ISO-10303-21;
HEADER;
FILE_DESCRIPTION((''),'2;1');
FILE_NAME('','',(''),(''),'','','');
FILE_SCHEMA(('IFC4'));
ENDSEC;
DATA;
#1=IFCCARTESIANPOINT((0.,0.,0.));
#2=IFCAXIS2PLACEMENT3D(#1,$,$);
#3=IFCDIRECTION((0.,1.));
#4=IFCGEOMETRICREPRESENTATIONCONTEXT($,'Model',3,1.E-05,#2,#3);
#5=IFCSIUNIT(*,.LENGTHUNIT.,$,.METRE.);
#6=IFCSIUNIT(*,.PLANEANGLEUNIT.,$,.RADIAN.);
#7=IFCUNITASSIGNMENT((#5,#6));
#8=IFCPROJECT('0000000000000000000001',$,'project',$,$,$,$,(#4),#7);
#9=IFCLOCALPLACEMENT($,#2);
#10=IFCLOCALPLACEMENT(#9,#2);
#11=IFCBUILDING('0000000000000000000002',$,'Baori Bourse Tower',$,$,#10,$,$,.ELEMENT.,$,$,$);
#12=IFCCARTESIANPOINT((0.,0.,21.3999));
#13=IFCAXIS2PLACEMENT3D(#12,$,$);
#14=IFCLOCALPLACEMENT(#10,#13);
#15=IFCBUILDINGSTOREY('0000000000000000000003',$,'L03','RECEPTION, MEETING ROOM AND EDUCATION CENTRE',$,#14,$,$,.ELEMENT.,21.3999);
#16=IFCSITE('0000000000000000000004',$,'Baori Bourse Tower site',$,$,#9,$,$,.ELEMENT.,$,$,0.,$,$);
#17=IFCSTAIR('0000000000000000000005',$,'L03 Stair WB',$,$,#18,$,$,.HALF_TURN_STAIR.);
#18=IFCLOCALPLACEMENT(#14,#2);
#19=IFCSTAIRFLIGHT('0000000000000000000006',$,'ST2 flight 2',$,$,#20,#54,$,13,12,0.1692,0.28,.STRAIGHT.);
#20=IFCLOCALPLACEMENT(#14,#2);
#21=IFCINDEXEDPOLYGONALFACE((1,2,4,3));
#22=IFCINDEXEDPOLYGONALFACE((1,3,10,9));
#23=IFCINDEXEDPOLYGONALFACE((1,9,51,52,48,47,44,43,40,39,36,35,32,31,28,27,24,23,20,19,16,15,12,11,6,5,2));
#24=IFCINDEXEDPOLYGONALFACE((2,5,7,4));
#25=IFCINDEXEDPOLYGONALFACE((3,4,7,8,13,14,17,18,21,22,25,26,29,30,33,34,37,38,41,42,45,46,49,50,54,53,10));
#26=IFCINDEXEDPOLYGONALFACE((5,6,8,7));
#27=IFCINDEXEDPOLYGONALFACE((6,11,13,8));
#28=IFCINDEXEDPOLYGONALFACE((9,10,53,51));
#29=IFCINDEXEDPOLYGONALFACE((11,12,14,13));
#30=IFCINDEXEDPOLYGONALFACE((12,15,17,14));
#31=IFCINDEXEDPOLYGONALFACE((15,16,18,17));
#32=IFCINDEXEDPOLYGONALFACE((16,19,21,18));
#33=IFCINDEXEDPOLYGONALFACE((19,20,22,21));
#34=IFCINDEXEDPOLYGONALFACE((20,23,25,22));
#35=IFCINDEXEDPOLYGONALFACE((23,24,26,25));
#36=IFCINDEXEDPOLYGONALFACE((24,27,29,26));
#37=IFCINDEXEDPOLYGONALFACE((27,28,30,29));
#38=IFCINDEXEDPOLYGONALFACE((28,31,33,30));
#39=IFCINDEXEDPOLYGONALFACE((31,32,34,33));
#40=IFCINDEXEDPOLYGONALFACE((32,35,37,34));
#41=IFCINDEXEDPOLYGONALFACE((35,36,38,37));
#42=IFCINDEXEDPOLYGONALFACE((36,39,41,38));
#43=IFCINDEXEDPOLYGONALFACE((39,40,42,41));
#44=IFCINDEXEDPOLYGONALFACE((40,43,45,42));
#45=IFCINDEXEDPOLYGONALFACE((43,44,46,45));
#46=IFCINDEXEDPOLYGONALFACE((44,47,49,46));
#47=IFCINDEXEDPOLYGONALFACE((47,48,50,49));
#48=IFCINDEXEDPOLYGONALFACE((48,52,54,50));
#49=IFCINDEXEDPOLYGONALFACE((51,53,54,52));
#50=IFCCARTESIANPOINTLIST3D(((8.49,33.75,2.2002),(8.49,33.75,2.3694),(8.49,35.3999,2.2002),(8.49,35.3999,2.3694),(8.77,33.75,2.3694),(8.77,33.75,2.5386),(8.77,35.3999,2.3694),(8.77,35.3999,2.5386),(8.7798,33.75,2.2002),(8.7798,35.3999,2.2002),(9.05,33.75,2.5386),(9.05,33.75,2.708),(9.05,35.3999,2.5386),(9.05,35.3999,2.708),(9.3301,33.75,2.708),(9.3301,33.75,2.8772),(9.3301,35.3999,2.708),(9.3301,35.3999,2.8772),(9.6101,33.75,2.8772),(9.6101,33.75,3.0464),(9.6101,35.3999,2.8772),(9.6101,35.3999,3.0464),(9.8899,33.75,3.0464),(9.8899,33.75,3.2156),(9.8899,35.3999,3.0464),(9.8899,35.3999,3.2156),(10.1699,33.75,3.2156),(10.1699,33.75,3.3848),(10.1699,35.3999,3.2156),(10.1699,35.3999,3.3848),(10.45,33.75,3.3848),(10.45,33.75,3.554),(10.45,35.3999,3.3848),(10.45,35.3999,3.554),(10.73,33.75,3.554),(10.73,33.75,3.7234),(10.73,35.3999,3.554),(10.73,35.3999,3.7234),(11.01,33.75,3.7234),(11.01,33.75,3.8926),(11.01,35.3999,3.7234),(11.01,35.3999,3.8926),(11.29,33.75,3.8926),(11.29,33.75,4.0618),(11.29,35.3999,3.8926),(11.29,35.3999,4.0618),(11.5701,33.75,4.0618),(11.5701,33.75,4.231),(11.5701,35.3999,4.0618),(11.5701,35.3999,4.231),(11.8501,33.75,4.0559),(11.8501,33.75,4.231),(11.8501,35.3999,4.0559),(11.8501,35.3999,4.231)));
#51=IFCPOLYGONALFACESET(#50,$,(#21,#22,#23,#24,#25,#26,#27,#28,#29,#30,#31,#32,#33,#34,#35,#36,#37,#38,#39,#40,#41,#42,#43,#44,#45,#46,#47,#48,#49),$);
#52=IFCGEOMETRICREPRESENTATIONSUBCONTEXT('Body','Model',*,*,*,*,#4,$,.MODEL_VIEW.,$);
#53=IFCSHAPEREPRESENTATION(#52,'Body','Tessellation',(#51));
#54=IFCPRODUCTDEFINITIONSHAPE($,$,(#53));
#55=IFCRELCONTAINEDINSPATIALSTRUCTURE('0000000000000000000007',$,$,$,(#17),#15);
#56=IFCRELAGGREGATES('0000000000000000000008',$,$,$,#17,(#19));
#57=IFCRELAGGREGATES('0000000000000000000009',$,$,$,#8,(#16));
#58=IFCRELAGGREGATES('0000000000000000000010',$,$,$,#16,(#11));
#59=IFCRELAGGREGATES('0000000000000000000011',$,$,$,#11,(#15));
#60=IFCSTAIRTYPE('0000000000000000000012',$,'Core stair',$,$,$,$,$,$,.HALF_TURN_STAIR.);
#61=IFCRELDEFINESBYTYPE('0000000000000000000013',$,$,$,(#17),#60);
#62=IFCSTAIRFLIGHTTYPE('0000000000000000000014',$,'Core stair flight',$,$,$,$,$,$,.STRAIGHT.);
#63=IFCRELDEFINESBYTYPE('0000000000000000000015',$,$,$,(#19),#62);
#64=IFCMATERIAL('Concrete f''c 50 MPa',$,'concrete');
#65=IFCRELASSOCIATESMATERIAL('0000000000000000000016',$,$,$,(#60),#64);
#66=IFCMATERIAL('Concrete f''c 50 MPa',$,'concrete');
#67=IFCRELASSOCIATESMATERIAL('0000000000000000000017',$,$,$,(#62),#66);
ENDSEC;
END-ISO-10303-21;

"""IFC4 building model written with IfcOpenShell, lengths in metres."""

from ifc_helpers import new_model, si_unit, direction, frame, origin, place, context, subcontext, project, spatial, polyline, outline, extrude, material, type_object, element, aggregate, save


model = new_model("IFC4")

# Units and contexts
model_context = context("Model", 3, precision=1e-05, world=origin(), true_north=direction((0.0, 1.0)))
body_context = subcontext(model_context, "Body", "Model", "MODEL_VIEW")
ifc_project = project(units=[si_unit("LENGTHUNIT", "METRE"), si_unit("PLANEANGLEUNIT", "RADIAN")], contexts=[model_context])

# Site, building, storey
site_placement = place(None, origin())
site = spatial("IfcSite", under=ifc_project, at=site_placement, Name="Baori Bourse Tower site", CompositionType="ELEMENT", RefElevation=0.0)
building_placement = place(site_placement, origin())
building = spatial("IfcBuilding", under=site, at=building_placement, Name="Baori Bourse Tower", CompositionType="ELEMENT")
storey_placement = place(building_placement, frame((0.0, 0.0, 21.3999)))
storey = spatial("IfcBuildingStorey", under=building, at=storey_placement, Name="L03", Description="RECEPTION, MEETING ROOM AND EDUCATION CENTRE", CompositionType="ELEMENT", Elevation=21.3999)

# Stair, stair flight
ifc_material_1 = material(Name="Concrete f'c 50 MPa", Category="concrete")
stair_type = type_object("IfcStairType", Name="Core stair", PredefinedType="HALF_TURN_STAIR", material=ifc_material_1)
stair_placement = place(storey_placement, origin())
stair = element("IfcStair", 1, at=stair_placement, inside=storey, type_object=stair_type, Name="L03 Stair WB", PredefinedType="HALF_TURN_STAIR")
ifc_material_2 = material(Name="Concrete f'c 50 MPa", Category="concrete")
stair_flight_type = type_object("IfcStairFlightType", Name="Core stair flight", PredefinedType="STRAIGHT", material=ifc_material_2)
stair_flight_1_placement = place(storey_placement, frame((8.49, 34.575, 2.2002), z_axis=(0.0, 0.0, 1.0), x_axis=(1.0, 0.0, 0.0)))
stair_flight_1 = element("IfcStairFlight", 2, at=stair_flight_1_placement, type_object=stair_flight_type, Name="ST2 flight 2", NumberOfRisers=13, NumberOfTreads=12, PredefinedType="STRAIGHT", RiserHeight=0.1692, TreadLength=0.28, context=body_context, shape_type="SweptSolid", body=[
    extrude(outline(polyline([(0.0, 0.0), (0.0, 0.1692), (0.28, 0.1692), (0.28, 0.3384), (0.5601, 0.3384), (0.5601, 0.5078), (0.8401, 0.5078), (0.8401, 0.677), (1.1201, 0.677), (1.1201, 0.8462), (1.3999, 0.8462), (1.3999, 1.0154), (1.6799, 1.0154), (1.6799, 1.1846), (1.96, 1.1846), (1.96, 1.3538), (2.24, 1.3538), (2.24, 1.5232), (2.52, 1.5232), (2.52, 1.6924), (2.8, 1.6924), (2.8, 1.8616), (3.0801, 1.8616), (3.0801, 2.0308), (3.3601, 2.0308), (3.3601, 2.2), (3.3601, 1.8557), (0.2898, 0.0), (0.0, 0.0)])), frame((0.0, 0.825, 0.0), z_axis=(0.0, -1.0, 0.0), x_axis=(1.0, 0.0, 0.0)), (0.0, 0.0, 1.0), 1.6499),
])
aggregate(stair, [stair_flight_1])

save(model, "model.ifc")
